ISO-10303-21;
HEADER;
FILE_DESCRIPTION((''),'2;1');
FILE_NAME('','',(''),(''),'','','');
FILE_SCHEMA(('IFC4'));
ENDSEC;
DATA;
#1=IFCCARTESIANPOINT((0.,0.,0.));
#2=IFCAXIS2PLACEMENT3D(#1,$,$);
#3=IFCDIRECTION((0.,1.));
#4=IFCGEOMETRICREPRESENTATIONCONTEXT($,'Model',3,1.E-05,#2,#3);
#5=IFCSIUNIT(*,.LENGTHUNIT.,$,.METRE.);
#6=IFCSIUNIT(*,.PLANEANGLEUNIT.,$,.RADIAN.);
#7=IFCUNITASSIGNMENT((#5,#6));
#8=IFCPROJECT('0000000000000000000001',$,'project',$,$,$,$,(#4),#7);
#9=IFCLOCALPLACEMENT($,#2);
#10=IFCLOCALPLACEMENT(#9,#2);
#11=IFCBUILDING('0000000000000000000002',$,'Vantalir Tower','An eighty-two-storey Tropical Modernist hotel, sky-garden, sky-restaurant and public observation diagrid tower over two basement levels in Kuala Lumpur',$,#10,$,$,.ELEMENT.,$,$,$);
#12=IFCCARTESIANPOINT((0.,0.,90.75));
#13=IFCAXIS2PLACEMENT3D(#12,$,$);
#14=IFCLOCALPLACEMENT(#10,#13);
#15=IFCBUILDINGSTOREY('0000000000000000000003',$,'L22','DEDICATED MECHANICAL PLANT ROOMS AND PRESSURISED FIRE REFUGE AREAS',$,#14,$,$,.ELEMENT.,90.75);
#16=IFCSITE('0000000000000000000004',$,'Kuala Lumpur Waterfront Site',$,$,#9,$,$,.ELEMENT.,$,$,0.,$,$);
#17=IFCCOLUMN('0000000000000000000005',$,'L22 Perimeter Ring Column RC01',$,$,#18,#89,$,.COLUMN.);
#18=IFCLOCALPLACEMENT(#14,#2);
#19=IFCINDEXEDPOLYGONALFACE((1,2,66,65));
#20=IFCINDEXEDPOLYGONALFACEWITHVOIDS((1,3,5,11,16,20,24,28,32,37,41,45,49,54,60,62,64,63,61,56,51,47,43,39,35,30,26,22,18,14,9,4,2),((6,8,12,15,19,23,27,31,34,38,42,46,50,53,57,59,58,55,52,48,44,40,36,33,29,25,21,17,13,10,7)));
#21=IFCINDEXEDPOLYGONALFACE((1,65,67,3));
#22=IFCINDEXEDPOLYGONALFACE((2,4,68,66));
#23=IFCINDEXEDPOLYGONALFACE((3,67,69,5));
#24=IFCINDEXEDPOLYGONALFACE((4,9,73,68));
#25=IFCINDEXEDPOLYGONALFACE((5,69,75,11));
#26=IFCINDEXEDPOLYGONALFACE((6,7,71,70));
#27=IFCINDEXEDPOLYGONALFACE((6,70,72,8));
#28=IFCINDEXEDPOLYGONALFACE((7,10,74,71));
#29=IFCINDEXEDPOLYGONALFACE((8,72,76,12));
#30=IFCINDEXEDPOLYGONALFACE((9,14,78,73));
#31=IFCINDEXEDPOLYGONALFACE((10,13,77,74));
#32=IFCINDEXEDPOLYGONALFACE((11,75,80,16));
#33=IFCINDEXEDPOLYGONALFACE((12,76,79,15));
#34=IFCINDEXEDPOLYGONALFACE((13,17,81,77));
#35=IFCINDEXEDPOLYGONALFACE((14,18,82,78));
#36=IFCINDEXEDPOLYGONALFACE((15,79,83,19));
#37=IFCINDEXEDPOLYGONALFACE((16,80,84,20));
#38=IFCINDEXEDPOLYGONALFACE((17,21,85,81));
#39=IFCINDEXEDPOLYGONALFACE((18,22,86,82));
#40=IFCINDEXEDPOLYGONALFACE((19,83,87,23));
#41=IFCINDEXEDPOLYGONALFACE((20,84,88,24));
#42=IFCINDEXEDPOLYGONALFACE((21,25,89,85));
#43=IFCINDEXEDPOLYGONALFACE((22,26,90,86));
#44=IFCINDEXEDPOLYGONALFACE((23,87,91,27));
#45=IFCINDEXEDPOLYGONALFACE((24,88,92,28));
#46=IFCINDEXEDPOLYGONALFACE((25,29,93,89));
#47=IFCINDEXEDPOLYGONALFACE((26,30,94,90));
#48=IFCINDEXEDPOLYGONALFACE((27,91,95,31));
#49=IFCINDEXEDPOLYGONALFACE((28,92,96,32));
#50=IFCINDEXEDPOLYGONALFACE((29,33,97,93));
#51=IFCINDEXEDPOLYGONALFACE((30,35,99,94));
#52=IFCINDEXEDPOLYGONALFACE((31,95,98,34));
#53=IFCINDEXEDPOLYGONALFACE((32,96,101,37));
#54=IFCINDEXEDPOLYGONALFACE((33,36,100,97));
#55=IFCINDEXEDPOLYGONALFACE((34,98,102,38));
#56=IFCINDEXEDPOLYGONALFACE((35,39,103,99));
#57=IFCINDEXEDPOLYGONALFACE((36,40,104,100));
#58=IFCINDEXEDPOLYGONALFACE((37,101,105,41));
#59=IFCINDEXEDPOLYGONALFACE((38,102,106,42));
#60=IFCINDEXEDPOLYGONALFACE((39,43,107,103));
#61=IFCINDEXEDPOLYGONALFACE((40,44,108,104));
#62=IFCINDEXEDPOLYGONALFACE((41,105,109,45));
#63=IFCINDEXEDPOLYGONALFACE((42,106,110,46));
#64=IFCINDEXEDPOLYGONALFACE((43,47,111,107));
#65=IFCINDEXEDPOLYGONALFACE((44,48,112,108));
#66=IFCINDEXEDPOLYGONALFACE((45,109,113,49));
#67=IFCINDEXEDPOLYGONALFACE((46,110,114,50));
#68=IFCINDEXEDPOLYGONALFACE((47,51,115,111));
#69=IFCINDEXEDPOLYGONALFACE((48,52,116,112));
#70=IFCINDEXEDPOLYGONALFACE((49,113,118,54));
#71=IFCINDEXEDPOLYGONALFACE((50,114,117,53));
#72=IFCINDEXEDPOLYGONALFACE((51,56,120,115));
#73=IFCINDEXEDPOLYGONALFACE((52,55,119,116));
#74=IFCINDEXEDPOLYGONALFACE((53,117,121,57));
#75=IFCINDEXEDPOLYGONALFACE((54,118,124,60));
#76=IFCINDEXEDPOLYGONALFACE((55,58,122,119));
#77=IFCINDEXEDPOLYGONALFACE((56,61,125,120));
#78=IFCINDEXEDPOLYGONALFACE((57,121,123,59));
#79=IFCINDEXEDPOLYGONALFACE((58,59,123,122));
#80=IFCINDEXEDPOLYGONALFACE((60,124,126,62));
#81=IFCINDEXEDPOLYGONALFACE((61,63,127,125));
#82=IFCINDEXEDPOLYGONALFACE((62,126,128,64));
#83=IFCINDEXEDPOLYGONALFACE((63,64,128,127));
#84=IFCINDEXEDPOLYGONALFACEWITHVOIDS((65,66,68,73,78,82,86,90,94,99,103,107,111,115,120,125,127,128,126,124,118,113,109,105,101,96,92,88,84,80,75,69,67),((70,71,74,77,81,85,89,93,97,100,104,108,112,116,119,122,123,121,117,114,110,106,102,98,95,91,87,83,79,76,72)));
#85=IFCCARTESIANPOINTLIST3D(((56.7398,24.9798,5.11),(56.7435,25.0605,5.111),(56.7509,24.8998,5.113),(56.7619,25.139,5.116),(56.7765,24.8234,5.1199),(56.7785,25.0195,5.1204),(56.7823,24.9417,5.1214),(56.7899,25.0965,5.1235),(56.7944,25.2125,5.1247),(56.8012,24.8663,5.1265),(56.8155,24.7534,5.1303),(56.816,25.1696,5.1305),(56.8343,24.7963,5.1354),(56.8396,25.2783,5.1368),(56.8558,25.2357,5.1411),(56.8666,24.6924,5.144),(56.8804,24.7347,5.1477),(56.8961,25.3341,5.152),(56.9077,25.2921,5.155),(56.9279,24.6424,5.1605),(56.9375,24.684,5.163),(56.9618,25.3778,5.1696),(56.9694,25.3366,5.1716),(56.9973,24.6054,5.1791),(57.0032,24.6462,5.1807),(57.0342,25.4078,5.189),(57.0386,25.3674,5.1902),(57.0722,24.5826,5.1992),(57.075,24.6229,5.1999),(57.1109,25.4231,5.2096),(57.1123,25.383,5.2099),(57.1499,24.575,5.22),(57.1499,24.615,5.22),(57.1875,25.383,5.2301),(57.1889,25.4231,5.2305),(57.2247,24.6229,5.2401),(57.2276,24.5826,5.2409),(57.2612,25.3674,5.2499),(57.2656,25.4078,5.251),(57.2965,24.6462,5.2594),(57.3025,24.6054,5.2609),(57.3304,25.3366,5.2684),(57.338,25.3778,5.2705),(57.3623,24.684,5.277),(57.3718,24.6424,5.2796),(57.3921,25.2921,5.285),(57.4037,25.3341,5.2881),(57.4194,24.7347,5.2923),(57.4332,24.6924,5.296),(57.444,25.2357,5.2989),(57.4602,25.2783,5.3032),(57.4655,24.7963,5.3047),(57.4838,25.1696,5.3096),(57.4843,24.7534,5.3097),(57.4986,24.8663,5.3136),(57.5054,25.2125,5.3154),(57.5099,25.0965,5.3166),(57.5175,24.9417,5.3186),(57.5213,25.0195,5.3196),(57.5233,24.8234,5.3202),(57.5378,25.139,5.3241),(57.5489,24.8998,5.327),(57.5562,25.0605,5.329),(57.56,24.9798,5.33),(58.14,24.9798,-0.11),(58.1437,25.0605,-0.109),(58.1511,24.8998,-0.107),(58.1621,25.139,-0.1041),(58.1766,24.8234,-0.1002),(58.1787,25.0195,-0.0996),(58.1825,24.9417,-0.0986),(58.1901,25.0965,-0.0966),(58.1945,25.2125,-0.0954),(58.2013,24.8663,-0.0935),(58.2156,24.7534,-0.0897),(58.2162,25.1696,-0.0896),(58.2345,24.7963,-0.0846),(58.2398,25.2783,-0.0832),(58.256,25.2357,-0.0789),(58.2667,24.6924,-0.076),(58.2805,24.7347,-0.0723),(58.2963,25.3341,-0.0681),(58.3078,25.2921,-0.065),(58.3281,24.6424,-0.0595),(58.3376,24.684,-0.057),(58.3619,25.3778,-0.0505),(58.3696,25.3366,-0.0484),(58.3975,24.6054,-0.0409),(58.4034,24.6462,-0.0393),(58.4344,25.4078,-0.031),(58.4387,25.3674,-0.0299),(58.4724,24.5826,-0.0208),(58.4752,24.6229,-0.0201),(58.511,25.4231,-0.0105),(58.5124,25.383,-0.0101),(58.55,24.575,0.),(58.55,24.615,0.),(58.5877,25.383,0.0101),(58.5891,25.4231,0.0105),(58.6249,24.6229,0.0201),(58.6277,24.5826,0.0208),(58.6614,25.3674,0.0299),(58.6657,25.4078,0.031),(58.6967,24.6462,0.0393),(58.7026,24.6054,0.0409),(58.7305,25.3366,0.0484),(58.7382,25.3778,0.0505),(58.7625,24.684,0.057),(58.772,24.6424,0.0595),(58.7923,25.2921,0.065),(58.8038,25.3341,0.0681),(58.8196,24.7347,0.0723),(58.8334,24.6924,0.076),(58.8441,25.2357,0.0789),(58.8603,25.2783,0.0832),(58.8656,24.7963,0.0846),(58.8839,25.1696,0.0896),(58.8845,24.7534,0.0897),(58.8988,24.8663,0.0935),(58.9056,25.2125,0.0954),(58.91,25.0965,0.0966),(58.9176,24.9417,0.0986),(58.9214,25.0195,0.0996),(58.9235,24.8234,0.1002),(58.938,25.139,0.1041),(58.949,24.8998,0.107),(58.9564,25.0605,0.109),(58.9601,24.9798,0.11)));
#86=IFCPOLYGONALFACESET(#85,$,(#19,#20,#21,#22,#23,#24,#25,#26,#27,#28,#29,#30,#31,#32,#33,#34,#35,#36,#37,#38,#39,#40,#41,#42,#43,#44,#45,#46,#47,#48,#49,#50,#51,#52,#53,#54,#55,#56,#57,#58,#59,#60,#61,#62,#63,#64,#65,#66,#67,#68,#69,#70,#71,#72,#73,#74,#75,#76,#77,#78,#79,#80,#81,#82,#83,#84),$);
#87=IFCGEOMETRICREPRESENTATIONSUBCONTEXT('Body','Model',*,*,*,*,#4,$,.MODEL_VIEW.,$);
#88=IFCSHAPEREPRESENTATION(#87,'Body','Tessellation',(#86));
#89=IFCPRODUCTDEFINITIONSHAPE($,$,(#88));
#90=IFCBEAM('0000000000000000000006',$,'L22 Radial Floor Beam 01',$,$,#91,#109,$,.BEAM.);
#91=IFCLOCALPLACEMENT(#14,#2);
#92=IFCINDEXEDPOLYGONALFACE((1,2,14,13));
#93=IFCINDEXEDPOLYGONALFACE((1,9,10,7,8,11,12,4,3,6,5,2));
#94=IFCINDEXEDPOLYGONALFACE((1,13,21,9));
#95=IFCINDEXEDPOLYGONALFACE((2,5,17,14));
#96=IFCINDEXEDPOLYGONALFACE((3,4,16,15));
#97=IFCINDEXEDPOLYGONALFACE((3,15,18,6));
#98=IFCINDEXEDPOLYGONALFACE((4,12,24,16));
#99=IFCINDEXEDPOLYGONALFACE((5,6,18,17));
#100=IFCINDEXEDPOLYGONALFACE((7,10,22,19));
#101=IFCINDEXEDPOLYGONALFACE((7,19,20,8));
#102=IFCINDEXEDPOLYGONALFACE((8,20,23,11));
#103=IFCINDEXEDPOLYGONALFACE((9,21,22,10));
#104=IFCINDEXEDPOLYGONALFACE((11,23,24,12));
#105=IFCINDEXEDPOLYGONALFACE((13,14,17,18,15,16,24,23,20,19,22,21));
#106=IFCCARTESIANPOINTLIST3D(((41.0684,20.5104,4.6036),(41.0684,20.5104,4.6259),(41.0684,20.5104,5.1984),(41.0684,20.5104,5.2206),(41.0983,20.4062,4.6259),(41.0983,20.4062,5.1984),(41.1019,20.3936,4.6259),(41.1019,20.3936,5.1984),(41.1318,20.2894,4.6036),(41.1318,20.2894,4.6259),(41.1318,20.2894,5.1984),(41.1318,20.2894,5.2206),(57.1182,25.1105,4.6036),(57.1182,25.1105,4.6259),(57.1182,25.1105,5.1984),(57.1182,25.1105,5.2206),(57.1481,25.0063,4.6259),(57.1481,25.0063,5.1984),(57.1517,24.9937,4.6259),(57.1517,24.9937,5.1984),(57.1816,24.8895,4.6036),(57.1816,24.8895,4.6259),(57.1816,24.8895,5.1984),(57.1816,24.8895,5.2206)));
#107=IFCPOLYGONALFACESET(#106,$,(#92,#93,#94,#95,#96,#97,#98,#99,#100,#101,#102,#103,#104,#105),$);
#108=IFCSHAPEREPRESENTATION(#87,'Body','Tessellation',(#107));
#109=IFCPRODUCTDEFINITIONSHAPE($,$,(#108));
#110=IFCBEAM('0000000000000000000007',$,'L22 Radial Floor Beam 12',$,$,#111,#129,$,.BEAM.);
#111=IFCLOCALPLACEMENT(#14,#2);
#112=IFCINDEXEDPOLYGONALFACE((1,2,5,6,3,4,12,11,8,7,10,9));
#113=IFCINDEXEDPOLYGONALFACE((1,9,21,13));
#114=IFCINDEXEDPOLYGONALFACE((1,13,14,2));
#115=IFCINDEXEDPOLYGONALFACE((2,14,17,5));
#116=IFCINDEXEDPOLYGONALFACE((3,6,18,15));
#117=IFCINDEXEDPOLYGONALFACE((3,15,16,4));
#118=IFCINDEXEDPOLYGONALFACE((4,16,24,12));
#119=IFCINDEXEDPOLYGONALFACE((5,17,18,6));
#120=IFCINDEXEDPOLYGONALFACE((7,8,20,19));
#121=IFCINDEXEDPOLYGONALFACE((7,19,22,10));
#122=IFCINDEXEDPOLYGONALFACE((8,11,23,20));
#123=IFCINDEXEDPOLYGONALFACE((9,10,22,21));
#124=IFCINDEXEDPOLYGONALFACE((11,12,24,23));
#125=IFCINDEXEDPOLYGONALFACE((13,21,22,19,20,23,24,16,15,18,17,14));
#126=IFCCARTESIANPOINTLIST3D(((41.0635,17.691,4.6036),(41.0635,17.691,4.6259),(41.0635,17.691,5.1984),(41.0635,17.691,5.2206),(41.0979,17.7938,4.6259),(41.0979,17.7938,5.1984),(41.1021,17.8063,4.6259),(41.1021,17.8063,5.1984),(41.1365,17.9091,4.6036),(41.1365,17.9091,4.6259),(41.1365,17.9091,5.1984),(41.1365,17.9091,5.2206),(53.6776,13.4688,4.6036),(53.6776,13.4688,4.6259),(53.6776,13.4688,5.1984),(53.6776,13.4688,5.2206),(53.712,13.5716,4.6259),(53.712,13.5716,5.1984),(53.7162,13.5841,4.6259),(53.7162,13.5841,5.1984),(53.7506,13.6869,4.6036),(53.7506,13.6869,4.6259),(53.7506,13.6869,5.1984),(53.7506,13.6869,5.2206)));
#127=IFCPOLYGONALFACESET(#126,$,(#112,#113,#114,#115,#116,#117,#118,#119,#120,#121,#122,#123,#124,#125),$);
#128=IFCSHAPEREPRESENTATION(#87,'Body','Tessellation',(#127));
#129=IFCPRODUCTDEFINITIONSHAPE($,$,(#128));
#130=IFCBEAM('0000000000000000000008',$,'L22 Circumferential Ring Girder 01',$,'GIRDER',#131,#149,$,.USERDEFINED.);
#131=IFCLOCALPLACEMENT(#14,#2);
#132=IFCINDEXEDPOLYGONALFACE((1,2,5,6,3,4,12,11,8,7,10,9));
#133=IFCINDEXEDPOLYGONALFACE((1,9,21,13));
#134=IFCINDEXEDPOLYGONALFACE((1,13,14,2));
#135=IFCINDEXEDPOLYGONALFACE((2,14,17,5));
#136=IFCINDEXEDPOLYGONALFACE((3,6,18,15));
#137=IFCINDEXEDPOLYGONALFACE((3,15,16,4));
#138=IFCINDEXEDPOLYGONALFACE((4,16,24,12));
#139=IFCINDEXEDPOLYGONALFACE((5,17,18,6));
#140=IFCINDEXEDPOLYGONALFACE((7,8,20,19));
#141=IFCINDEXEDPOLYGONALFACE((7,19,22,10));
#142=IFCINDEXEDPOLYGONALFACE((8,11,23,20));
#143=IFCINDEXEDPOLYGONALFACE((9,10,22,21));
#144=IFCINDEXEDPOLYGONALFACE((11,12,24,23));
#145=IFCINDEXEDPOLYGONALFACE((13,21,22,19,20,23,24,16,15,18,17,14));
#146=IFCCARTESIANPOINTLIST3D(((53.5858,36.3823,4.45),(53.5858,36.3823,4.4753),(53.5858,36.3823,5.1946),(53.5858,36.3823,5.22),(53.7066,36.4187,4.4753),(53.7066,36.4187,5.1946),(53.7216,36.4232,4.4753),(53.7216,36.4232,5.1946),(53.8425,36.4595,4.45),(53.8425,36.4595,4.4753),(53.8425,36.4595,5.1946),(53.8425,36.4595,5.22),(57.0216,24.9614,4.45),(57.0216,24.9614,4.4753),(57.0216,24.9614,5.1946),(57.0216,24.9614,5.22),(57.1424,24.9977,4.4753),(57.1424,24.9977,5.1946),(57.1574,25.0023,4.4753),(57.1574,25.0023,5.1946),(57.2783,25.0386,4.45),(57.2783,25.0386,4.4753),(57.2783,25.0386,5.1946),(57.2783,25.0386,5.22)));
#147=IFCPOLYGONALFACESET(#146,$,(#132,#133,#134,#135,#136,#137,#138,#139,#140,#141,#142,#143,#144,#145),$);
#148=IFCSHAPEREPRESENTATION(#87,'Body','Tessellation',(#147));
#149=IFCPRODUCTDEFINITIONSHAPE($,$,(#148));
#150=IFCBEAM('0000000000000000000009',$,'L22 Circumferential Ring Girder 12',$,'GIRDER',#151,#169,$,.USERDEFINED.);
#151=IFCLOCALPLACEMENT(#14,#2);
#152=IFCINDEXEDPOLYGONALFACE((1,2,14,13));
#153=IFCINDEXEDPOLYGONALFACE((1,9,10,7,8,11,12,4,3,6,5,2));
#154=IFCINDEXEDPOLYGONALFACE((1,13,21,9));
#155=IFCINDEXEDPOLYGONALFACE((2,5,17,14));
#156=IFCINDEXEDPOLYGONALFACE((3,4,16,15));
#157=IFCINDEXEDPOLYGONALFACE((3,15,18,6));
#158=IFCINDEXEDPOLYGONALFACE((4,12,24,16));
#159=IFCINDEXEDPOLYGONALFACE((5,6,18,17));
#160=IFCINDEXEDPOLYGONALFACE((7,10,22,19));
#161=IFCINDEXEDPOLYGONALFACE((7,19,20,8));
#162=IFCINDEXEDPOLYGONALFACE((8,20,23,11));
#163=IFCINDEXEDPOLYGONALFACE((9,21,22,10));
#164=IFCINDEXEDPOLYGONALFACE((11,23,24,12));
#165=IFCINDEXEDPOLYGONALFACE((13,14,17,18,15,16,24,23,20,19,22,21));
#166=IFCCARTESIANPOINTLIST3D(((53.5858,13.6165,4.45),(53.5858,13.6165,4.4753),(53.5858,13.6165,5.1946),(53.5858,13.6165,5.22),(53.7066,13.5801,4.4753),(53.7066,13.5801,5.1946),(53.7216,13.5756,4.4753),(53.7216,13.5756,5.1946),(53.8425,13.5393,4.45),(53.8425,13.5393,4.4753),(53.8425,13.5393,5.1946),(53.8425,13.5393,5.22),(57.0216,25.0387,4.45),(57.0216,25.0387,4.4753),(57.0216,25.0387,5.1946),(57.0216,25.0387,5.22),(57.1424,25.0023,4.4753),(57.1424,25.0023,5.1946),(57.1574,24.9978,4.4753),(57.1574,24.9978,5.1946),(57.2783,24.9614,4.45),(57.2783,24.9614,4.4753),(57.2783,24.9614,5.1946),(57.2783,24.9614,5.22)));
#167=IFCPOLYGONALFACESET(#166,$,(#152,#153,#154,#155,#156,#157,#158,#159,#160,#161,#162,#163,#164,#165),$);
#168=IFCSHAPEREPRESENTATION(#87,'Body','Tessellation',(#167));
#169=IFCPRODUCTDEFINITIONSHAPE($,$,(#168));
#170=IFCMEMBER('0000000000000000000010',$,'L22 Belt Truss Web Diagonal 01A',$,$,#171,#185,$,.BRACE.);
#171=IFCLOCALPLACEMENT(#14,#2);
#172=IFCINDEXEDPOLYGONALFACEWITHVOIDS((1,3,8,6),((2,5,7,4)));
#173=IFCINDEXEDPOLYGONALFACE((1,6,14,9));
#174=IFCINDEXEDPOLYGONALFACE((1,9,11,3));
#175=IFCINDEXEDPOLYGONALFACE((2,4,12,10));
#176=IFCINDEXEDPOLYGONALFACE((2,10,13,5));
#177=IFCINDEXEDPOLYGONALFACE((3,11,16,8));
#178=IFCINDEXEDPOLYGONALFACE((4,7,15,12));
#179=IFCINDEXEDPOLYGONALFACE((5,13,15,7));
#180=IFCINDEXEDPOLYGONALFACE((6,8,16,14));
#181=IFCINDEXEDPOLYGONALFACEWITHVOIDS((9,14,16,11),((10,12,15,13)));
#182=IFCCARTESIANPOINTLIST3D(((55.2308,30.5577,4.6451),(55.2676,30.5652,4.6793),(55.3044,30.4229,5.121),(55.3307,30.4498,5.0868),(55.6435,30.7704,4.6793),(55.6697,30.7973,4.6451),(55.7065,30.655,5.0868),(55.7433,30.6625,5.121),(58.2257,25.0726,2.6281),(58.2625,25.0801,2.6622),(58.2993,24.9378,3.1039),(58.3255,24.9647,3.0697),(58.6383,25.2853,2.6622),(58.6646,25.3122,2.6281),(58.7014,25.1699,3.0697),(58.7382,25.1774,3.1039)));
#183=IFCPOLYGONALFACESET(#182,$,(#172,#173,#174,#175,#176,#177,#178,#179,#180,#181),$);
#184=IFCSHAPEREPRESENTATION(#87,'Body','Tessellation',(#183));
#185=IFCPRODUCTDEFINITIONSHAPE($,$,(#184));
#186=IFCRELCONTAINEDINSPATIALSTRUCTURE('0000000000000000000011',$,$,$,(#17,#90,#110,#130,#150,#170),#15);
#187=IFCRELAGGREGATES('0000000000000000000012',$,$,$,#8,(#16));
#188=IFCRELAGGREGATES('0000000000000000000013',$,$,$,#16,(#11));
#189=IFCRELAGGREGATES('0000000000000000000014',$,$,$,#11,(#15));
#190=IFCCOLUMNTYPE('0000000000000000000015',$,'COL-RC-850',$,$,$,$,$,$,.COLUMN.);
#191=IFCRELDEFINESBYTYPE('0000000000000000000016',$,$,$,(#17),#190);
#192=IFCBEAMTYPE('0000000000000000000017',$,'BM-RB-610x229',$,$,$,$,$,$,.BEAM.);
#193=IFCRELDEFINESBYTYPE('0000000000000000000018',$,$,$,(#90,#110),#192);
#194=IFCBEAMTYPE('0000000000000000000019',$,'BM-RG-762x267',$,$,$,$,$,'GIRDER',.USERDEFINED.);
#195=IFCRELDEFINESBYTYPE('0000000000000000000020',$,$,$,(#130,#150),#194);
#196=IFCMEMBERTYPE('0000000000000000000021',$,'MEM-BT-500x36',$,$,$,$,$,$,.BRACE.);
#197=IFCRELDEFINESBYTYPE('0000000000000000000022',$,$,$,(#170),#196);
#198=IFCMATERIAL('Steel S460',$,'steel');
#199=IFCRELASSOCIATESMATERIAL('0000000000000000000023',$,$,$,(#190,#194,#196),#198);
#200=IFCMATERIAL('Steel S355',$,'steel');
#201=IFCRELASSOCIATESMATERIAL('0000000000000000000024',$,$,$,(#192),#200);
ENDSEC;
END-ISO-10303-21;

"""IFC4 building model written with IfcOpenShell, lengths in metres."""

from ifc_helpers import new_model, si_unit, direction, frame, origin, origin_2d, place, context, subcontext, project, spatial, hollow_rectangle, hollow_circle, i_section, extrude, material, material_profile, profile_set, type_object, element, save


model = new_model("IFC4")

# Units and contexts
model_context = context("Model", 3, precision=1e-05, world=origin(), true_north=direction((0.0, 1.0)))
body_context = subcontext(model_context, "Body", "Model", "MODEL_VIEW")
ifc_project = project(units=[si_unit("LENGTHUNIT", "METRE"), si_unit("PLANEANGLEUNIT", "RADIAN")], contexts=[model_context])

# Site, building, storey
site_placement = place(None, origin())
site = spatial("IfcSite", under=ifc_project, at=site_placement, Name="Kuala Lumpur Waterfront Site", CompositionType="ELEMENT", RefElevation=0.0)
building_placement = place(site_placement, origin())
building = spatial("IfcBuilding", under=site, at=building_placement, Name="Vantalir Tower", Description="An eighty-two-storey Tropical Modernist hotel, sky-garden, sky-restaurant and public observation diagrid tower over two basement levels in Kuala Lumpur", CompositionType="ELEMENT")
storey_placement = place(building_placement, frame((0.0, 0.0, 90.75)))
storey = spatial("IfcBuildingStorey", under=building, at=storey_placement, Name="L22", Description="DEDICATED MECHANICAL PLANT ROOMS AND PRESSURISED FIRE REFUGE AREAS", CompositionType="ELEMENT", Elevation=90.75)

# Column
ifc_material_1 = material(Name="Steel S460", Category="steel")
ifc_material_profile_1 = material_profile(ifc_material_1, hollow_circle(Radius=0.425, WallThickness=0.04, at=origin_2d()), Name="Steel S460")
ifc_profile_set_1 = profile_set([ifc_material_profile_1], Name="Steel S460")
column_type = type_object("IfcColumnType", Name="COL-RC-850", PredefinedType="COLUMN", material=ifc_profile_set_1)
column_placement = place(storey_placement, frame((58.55, 25.0, 0.0), z_axis=(-0.259071, 0.0, 0.965858), x_axis=(0.0, -1.0, 0.0)))
element("IfcColumn", 1, at=column_placement, inside=storey, type_object=column_type, Name="L22 Perimeter Ring Column RC01", PredefinedType="COLUMN", context=body_context, shape_type="SweptSolid", body=[
    extrude(hollow_circle(Radius=0.425, WallThickness=0.04, at=origin_2d()), origin(), (0.0, 0.0, 1.0), 5.4045),
])

# Beams
ifc_material_2 = material(Name="Steel S355", Category="steel")
ifc_material_profile_2 = material_profile(ifc_material_2, i_section(OverallWidth=0.23, OverallDepth=0.6169, WebThickness=0.0132, FlangeThickness=0.0222, at=origin_2d()), Name="Steel S355")
ifc_profile_set_2 = profile_set([ifc_material_profile_2], Name="Steel S355")
beam_type_1 = type_object("IfcBeamType", Name="BM-RB-610x229", PredefinedType="BEAM", material=ifc_profile_set_2)
beam_1_placement = place(storey_placement, frame((57.1499, 25.0, 4.9121), z_axis=(-0.961295, -0.275521, 0.0), x_axis=(0.275521, -0.961295, 0.0)))
element("IfcBeam", 2, at=beam_1_placement, inside=storey, type_object=beam_type_1, Name="L22 Radial Floor Beam 01", PredefinedType="BEAM", context=body_context, shape_type="SweptSolid", body=[
    extrude(i_section(OverallWidth=0.23, OverallDepth=0.6169, WebThickness=0.0132, FlangeThickness=0.0222, at=origin_2d()), origin(), (0.0, 0.0, 1.0), 16.696),
])
beam_2_placement = place(storey_placement, frame((53.7141, 13.5779, 4.9121), z_axis=(-0.948288, 0.317411, 0.0), x_axis=(-0.317411, -0.948288, 0.0)))
element("IfcBeam", 3, at=beam_2_placement, inside=storey, type_object=beam_type_1, Name="L22 Radial Floor Beam 12", PredefinedType="BEAM", context=body_context, shape_type="SweptSolid", body=[
    extrude(i_section(OverallWidth=0.23, OverallDepth=0.6169, WebThickness=0.0132, FlangeThickness=0.0222, at=origin_2d()), origin(), (0.0, 0.0, 1.0), 13.302),
])
ifc_material_profile_3 = material_profile(ifc_material_1, i_section(OverallWidth=0.2681, OverallDepth=0.77, WebThickness=0.0156, FlangeThickness=0.0254, at=origin_2d()), Name="Steel S460")
ifc_profile_set_3 = profile_set([ifc_material_profile_3], Name="Steel S460")
beam_type_2 = type_object("IfcBeamType", Name="BM-RG-762x267", ElementType="GIRDER", PredefinedType="USERDEFINED", material=ifc_profile_set_3)
beam_3_placement = place(storey_placement, frame((57.1499, 25.0, 4.835), z_axis=(-0.28808, 0.957606, 0.0), x_axis=(-0.957606, -0.28808, 0.0)))
element("IfcBeam", 4, at=beam_3_placement, inside=storey, type_object=beam_type_2, Name="L22 Circumferential Ring Girder 01", ObjectType="GIRDER", PredefinedType="USERDEFINED", context=body_context, shape_type="SweptSolid", body=[
    extrude(i_section(OverallWidth=0.2681, OverallDepth=0.77, WebThickness=0.0156, FlangeThickness=0.0254, at=origin_2d()), origin(), (0.0, 0.0, 1.0), 11.9265),
])
beam_4_placement = place(storey_placement, frame((53.7141, 13.5779, 4.835), z_axis=(0.288052, 0.957615, 0.0), x_axis=(-0.957615, 0.288052, 0.0)))
element("IfcBeam", 5, at=beam_4_placement, inside=storey, type_object=beam_type_2, Name="L22 Circumferential Ring Girder 12", ObjectType="GIRDER", PredefinedType="USERDEFINED", context=body_context, shape_type="SweptSolid", body=[
    extrude(i_section(OverallWidth=0.2681, OverallDepth=0.77, WebThickness=0.0156, FlangeThickness=0.0254, at=origin_2d()), origin(), (0.0, 0.0, 1.0), 11.9277),
])

# Member
ifc_material_profile_4 = material_profile(ifc_material_1, hollow_rectangle(XDim=0.5, YDim=0.5, WallThickness=0.0359, at=origin_2d()), Name="Steel S460")
ifc_profile_set_4 = profile_set([ifc_material_profile_4], Name="Steel S460")
member_type_1 = type_object("IfcMemberType", Name="MEM-BT-500x36", PredefinedType="BRACE", material=ifc_profile_set_4)
member_1_placement = place(storey_placement, frame((58.4819, 25.125, 2.866), z_axis=(-0.456055, 0.835264, 0.30716), x_axis=(-0.877694, -0.479222, 0.0)))
element("IfcMember", 6, at=member_1_placement, inside=storey, type_object=member_type_1, Name="L22 Belt Truss Web Diagonal 01A", PredefinedType="BRACE", context=body_context, shape_type="SweptSolid", body=[
    extrude(hollow_rectangle(XDim=0.5, YDim=0.5, WallThickness=0.0359, at=origin_2d()), origin(), (0.0, 0.0, 1.0), 6.5669),
])

save(model, "model.ifc")
